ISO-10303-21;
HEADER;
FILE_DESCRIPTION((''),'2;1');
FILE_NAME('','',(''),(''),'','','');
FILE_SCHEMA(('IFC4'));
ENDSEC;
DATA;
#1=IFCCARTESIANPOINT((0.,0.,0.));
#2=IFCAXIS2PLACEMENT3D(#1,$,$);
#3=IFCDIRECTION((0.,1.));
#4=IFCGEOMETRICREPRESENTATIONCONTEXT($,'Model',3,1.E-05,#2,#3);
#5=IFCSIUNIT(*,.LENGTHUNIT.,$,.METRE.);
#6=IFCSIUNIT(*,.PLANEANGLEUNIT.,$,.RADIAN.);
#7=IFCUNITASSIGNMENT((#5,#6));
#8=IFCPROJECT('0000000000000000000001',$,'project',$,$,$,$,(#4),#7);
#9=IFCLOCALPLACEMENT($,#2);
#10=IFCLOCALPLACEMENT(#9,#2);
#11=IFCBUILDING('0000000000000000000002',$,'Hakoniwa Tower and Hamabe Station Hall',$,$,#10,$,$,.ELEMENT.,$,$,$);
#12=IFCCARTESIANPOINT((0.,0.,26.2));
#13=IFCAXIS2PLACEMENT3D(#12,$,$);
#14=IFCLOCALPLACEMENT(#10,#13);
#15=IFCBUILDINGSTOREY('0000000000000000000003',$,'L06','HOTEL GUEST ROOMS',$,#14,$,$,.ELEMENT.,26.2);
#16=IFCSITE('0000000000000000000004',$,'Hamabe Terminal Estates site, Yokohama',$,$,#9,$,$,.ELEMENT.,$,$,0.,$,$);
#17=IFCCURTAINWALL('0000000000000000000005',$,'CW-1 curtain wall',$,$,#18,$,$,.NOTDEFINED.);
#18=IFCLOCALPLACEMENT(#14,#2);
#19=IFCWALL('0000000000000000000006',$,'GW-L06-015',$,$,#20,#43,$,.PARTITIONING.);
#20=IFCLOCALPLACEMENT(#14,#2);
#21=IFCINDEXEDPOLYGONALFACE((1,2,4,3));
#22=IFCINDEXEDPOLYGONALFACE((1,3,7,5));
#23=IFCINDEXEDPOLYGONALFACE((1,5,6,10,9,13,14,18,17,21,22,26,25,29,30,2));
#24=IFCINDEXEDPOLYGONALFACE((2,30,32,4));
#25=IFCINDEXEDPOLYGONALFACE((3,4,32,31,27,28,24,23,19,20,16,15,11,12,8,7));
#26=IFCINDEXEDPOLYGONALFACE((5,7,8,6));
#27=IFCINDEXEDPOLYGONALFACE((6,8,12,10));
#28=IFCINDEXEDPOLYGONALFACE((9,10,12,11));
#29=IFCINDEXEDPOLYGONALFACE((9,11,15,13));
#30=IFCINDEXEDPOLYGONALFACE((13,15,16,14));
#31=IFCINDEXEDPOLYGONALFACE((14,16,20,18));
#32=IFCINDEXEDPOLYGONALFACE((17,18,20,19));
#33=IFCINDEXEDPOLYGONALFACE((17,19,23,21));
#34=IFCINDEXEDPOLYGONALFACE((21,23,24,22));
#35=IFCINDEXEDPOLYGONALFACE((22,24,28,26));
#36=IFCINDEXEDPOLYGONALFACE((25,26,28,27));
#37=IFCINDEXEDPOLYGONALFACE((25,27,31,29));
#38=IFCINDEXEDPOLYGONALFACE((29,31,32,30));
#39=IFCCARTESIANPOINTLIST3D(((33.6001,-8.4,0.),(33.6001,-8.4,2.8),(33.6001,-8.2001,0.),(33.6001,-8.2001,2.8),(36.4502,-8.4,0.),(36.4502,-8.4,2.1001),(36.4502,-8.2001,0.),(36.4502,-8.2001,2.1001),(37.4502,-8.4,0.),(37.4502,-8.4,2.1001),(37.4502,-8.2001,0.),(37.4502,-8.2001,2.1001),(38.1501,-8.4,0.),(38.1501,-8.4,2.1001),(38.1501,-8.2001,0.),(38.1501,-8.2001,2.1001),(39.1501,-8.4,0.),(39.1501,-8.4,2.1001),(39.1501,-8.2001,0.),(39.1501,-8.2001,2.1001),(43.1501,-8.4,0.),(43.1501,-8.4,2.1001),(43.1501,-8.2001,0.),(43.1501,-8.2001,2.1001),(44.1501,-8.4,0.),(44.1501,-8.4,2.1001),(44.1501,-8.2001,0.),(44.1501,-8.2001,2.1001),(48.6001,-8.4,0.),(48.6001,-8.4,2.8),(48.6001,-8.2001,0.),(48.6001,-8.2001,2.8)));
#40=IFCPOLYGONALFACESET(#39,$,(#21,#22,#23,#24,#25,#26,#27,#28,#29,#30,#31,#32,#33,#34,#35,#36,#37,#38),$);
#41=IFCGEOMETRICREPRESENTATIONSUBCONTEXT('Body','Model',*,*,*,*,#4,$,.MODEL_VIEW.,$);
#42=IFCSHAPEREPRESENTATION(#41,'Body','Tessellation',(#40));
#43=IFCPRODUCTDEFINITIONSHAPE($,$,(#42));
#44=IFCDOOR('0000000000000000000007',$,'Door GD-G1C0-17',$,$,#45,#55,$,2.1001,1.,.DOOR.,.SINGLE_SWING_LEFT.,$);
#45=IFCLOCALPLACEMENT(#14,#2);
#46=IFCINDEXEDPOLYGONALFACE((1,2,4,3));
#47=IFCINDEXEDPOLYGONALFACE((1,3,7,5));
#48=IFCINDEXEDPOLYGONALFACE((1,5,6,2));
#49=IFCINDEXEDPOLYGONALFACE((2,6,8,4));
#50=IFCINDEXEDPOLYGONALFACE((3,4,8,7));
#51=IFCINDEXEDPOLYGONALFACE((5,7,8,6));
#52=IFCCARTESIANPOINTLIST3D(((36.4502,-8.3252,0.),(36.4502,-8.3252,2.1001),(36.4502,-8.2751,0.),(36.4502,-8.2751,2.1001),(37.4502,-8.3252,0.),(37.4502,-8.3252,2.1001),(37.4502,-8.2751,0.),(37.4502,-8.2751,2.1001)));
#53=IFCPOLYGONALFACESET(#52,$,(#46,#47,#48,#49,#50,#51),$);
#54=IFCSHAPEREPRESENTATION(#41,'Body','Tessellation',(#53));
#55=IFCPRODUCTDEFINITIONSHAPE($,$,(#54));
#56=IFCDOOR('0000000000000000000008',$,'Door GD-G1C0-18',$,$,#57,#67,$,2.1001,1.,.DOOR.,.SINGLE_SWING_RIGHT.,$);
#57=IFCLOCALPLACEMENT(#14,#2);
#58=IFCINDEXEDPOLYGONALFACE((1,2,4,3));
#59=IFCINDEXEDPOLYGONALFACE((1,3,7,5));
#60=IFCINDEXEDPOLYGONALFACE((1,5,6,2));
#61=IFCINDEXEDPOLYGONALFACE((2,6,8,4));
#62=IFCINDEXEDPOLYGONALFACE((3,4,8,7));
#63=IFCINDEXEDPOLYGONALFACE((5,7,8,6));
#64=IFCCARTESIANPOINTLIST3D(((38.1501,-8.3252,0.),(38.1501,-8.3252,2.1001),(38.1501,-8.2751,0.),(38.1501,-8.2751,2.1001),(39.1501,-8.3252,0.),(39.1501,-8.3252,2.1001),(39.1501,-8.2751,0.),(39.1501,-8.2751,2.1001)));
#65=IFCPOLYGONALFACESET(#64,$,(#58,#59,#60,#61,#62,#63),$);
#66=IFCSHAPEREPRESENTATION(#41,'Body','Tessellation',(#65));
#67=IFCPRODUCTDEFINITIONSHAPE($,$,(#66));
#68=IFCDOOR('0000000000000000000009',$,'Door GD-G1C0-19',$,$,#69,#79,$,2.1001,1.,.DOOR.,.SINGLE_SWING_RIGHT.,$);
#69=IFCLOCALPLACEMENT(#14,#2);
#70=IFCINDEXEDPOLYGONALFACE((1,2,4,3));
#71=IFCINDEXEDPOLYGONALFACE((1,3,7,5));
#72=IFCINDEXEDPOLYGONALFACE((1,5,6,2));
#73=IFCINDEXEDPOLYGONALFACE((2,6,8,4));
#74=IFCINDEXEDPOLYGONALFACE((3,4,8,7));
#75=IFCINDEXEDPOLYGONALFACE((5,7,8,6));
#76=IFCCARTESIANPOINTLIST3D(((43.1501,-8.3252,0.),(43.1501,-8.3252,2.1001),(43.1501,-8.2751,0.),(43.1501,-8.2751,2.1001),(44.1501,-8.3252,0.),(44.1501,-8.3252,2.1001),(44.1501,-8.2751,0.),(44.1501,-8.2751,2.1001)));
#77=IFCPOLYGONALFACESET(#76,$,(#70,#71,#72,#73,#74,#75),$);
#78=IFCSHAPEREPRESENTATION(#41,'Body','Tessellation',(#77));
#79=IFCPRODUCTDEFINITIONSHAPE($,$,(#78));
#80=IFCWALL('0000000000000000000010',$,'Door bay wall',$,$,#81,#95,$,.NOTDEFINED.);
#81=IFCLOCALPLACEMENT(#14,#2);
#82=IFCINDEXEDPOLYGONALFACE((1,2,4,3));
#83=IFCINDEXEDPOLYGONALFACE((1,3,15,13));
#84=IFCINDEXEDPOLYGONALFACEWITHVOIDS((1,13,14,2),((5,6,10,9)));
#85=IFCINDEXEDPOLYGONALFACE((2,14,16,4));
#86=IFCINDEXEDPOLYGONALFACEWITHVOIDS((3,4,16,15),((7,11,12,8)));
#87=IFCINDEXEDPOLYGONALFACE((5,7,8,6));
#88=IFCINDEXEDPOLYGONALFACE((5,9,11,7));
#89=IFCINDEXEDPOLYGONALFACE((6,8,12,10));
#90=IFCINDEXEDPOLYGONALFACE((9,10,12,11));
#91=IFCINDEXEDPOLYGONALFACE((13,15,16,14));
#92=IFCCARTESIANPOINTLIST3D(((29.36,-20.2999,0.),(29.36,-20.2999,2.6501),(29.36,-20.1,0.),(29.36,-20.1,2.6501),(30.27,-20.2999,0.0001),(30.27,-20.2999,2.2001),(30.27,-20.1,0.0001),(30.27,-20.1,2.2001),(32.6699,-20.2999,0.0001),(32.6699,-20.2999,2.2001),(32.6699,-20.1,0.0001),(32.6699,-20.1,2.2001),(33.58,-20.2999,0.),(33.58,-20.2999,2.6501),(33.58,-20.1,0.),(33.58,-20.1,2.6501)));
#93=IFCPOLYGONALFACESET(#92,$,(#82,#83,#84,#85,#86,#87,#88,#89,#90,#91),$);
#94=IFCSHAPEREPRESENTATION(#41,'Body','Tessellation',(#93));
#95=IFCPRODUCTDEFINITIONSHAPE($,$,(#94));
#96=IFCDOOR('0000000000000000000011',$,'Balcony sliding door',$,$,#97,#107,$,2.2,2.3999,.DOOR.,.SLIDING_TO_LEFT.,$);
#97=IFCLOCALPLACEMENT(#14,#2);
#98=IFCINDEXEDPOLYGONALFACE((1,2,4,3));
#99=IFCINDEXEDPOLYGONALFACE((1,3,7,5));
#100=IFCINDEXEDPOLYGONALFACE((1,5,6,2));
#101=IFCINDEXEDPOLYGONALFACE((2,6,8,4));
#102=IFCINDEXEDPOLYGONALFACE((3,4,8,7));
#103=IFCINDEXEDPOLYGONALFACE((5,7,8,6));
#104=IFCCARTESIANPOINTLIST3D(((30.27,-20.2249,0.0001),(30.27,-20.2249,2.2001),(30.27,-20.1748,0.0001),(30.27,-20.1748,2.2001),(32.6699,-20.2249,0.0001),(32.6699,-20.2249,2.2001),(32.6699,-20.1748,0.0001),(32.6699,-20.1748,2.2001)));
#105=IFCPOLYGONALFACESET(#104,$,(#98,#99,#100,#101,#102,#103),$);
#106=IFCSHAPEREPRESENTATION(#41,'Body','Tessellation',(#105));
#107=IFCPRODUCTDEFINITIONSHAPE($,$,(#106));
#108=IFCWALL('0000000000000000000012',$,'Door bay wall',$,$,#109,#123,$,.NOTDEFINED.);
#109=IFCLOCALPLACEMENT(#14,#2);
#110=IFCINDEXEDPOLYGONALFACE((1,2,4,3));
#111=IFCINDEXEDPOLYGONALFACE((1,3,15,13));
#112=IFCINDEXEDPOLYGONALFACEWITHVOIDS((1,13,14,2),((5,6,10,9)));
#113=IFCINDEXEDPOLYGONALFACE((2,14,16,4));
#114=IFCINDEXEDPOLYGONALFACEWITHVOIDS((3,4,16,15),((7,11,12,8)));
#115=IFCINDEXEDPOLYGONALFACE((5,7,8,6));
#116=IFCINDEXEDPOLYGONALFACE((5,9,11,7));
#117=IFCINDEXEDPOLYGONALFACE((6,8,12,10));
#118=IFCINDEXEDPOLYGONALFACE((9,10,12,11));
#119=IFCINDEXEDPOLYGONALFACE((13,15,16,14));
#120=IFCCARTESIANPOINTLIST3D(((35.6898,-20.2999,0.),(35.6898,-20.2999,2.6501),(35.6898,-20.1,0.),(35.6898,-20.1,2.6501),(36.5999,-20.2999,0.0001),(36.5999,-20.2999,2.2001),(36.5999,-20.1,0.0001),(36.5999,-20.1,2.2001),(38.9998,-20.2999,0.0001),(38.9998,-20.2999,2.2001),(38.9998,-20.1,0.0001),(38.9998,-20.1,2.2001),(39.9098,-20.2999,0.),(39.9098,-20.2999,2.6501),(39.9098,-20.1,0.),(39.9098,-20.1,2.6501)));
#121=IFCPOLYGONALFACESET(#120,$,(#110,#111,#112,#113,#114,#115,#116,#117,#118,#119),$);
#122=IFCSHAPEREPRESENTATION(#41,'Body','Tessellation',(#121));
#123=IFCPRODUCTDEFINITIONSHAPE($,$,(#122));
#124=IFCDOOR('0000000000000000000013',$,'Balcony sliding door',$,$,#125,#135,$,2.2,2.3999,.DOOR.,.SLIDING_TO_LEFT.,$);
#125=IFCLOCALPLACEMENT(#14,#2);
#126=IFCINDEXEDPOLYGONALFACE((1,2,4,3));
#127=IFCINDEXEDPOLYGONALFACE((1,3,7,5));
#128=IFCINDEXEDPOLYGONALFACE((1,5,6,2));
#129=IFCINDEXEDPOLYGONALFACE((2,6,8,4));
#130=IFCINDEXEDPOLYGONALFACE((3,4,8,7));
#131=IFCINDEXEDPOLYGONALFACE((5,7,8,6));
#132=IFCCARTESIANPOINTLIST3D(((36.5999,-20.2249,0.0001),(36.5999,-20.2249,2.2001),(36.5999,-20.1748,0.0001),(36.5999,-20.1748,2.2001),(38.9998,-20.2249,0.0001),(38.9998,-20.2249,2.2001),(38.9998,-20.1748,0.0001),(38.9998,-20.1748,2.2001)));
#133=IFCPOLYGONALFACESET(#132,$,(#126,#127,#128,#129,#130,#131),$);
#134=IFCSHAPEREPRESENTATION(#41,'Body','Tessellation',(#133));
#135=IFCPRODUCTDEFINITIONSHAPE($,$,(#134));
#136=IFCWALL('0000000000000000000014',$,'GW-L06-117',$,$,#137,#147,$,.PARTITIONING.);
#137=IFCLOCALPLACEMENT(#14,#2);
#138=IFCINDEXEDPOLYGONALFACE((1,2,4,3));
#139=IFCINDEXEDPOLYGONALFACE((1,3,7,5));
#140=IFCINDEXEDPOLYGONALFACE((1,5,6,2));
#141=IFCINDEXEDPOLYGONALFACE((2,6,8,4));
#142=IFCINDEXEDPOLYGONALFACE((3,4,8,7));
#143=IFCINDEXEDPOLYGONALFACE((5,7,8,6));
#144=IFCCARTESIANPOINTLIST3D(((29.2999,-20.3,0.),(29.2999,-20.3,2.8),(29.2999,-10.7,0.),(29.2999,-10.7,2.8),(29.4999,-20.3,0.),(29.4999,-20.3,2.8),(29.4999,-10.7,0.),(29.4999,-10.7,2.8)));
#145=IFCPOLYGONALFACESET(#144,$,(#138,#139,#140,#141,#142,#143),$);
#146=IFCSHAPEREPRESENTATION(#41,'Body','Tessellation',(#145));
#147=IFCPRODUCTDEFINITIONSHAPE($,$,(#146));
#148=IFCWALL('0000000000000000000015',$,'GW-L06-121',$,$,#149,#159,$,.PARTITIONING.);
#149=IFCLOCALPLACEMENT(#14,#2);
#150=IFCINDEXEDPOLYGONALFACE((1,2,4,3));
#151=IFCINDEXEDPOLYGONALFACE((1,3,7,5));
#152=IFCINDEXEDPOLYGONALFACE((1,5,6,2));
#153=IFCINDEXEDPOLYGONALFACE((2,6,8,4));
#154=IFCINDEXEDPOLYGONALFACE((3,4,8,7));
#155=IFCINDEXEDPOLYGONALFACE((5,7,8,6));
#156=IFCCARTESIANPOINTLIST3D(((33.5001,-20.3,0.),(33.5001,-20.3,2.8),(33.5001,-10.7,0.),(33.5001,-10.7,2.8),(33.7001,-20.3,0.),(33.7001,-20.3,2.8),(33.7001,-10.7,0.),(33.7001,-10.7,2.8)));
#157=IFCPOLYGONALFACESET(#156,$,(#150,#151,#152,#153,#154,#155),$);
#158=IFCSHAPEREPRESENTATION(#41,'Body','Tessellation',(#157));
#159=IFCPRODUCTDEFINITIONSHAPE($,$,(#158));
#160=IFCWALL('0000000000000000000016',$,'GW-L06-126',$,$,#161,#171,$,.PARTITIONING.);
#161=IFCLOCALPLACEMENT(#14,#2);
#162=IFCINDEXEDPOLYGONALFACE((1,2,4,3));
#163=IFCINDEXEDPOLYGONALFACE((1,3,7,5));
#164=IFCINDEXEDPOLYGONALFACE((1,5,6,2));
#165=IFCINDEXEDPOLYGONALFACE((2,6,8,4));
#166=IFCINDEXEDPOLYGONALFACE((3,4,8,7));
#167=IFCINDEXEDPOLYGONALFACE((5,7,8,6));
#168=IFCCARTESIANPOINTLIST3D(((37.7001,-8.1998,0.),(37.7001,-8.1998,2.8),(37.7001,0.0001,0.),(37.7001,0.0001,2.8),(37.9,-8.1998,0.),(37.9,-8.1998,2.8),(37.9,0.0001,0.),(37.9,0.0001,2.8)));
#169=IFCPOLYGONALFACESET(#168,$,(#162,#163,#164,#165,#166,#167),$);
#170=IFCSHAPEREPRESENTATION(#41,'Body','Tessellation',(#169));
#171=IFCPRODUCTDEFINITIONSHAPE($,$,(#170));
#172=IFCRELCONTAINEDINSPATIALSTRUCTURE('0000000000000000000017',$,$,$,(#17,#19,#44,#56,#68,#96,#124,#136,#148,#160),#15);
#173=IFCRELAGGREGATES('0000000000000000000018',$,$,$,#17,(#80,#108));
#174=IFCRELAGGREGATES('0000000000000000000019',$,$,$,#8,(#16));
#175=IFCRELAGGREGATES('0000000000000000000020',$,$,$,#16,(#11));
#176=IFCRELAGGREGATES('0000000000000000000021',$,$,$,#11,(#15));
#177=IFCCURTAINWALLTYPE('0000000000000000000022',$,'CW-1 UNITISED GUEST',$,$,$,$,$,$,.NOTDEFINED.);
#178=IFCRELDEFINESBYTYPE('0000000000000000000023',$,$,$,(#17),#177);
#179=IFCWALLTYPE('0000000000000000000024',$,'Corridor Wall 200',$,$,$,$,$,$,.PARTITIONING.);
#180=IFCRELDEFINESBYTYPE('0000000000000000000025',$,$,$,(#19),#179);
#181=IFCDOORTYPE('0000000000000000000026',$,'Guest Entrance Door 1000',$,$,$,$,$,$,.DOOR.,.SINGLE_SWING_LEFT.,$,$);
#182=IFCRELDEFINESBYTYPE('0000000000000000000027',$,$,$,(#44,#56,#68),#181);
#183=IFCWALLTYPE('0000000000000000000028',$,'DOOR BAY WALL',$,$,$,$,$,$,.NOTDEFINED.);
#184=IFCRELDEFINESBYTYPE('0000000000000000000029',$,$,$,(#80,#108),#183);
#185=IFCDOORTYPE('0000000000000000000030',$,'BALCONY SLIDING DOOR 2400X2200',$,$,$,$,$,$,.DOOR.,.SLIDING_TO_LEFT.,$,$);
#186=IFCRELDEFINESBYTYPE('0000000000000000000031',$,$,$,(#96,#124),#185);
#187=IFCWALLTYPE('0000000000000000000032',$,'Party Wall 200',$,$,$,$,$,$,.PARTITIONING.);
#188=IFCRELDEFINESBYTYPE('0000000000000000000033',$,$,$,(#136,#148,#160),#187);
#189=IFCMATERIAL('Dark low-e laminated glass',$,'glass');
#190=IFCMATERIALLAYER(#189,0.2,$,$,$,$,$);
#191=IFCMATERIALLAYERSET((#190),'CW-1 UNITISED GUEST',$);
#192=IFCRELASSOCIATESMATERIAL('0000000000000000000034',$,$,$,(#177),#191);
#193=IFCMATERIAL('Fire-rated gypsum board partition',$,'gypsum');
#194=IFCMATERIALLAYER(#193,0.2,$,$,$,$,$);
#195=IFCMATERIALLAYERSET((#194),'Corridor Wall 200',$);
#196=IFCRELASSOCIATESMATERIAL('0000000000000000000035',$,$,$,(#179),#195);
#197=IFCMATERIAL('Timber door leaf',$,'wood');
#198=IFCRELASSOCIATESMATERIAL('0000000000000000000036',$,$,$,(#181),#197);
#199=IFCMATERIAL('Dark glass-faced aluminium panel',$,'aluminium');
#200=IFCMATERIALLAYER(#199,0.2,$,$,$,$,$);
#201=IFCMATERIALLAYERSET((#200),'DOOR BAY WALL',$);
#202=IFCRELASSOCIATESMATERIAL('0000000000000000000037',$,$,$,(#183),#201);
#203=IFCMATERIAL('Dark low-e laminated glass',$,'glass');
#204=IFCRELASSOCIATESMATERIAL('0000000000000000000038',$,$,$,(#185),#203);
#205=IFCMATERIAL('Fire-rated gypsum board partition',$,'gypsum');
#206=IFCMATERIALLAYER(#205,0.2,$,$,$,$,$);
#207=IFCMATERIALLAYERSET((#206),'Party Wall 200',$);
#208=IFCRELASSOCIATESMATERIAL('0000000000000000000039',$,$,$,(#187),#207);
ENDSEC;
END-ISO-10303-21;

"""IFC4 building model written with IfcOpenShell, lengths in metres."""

from ifc_helpers import new_model, si_unit, direction, frame, frame_2d, origin, place, context, subcontext, project, spatial, rectangle, extrude, material, layer, layer_set, type_object, element, fill, aggregate, save


model = new_model("IFC4")

# Units and contexts
model_context = context("Model", 3, precision=1e-05, world=origin(), true_north=direction((0.0, 1.0)))
body_context = subcontext(model_context, "Body", "Model", "MODEL_VIEW")
ifc_project = project(units=[si_unit("LENGTHUNIT", "METRE"), si_unit("PLANEANGLEUNIT", "RADIAN")], contexts=[model_context])

# Site, building, storey
site_placement = place(None, origin())
site = spatial("IfcSite", under=ifc_project, at=site_placement, Name="Hamabe Terminal Estates site, Yokohama", CompositionType="ELEMENT", RefElevation=0.0)
building_placement = place(site_placement, origin())
building = spatial("IfcBuilding", under=site, at=building_placement, Name="Hakoniwa Tower and Hamabe Station Hall", CompositionType="ELEMENT")
storey_placement = place(building_placement, frame((0.0, 0.0, 26.2)))
storey = spatial("IfcBuildingStorey", under=building, at=storey_placement, Name="L06", Description="HOTEL GUEST ROOMS", CompositionType="ELEMENT", Elevation=26.2)

# Curtain wall
ifc_material_1 = material(Name="Dark low-e laminated glass", Category="glass")
ifc_layer_1 = layer(ifc_material_1, 0.2)
ifc_layer_set_1 = layer_set([ifc_layer_1], Name="CW-1 UNITISED GUEST")
curtain_wall_type = type_object("IfcCurtainWallType", Name="CW-1 UNITISED GUEST", PredefinedType="NOTDEFINED", material=ifc_layer_set_1)
curtain_wall_placement = place(storey_placement, origin())
curtain_wall = element("IfcCurtainWall", 1, at=curtain_wall_placement, inside=storey, type_object=curtain_wall_type, Name="CW-1 curtain wall", PredefinedType="NOTDEFINED")

# Wall, openings, doors
ifc_material_2 = material(Name="Fire-rated gypsum board partition", Category="gypsum")
ifc_layer_2 = layer(ifc_material_2, 0.2)
ifc_layer_set_2 = layer_set([ifc_layer_2], Name="Corridor Wall 200")
wall_type_1 = type_object("IfcWallType", Name="Corridor Wall 200", PredefinedType="PARTITIONING", material=ifc_layer_set_2)
wall_1_placement = place(storey_placement, frame((33.6001, -8.3, 0.0), z_axis=(0.0, 0.0, 1.0), x_axis=(1.0, 0.0, 0.0)))
wall_1 = element("IfcWall", 2, at=wall_1_placement, inside=storey, type_object=wall_type_1, Name="GW-L06-015", PredefinedType="PARTITIONING", context=body_context, shape_type="SweptSolid", body=[
    extrude(rectangle(XDim=15.0, YDim=0.2, at=frame_2d((7.5, 0.0))), origin(), (0.0, 0.0, 1.0), 2.8),
])
opening_1_placement = place(wall_1_placement, frame((2.8501, 0.0, 0.0)))
opening_1 = element("IfcOpeningElement", 3, at=opening_1_placement, cuts=wall_1, PredefinedType="OPENING", context=body_context, shape_type="SweptSolid", body=[
    extrude(rectangle(XDim=1.0, YDim=2.1001, at=frame_2d((0.5, 1.05))), frame((0.0, 0.1099, 0.0), z_axis=(0.0, -1.0, 0.0), x_axis=(1.0, 0.0, 0.0)), (0.0, 0.0, 1.0), 0.22),
])
opening_2_placement = place(wall_1_placement, frame((4.55, 0.0, 0.0)))
opening_2 = element("IfcOpeningElement", 4, at=opening_2_placement, cuts=wall_1, PredefinedType="OPENING", context=body_context, shape_type="SweptSolid", body=[
    extrude(rectangle(XDim=1.0, YDim=2.1001, at=frame_2d((0.5, 1.05))), frame((0.0, 0.1099, 0.0), z_axis=(0.0, -1.0, 0.0), x_axis=(1.0, 0.0, 0.0)), (0.0, 0.0, 1.0), 0.22),
])
opening_3_placement = place(wall_1_placement, frame((9.55, 0.0, 0.0)))
opening_3 = element("IfcOpeningElement", 5, at=opening_3_placement, cuts=wall_1, PredefinedType="OPENING", context=body_context, shape_type="SweptSolid", body=[
    extrude(rectangle(XDim=1.0, YDim=2.1001, at=frame_2d((0.5, 1.05))), frame((0.0, 0.1099, 0.0), z_axis=(0.0, -1.0, 0.0), x_axis=(1.0, 0.0, 0.0)), (0.0, 0.0, 1.0), 0.22),
])
ifc_material_3 = material(Name="Timber door leaf", Category="wood")
door_type_1 = type_object("IfcDoorType", Name="Guest Entrance Door 1000", OperationType="SINGLE_SWING_LEFT", PredefinedType="DOOR", material=ifc_material_3)
door_1_placement = place(opening_1_placement, origin())
door_1 = element("IfcDoor", 6, at=door_1_placement, inside=storey, type_object=door_type_1, Name="Door GD-G1C0-17", OperationType="SINGLE_SWING_LEFT", OverallHeight=2.1001, OverallWidth=1.0, PredefinedType="DOOR", context=body_context, shape_type="SweptSolid", body=[
    extrude(rectangle(XDim=1.0, YDim=2.1001, at=frame_2d((0.5, 1.05))), frame((0.0, 0.0249, 0.0), z_axis=(0.0, -1.0, 0.0), x_axis=(1.0, 0.0, 0.0)), (0.0, 0.0, 1.0), 0.05),
])
fill(opening_1, door_1)
door_2_placement = place(opening_2_placement, origin())
door_2 = element("IfcDoor", 7, at=door_2_placement, inside=storey, type_object=door_type_1, Name="Door GD-G1C0-18", OperationType="SINGLE_SWING_RIGHT", OverallHeight=2.1001, OverallWidth=1.0, PredefinedType="DOOR", context=body_context, shape_type="SweptSolid", body=[
    extrude(rectangle(XDim=1.0, YDim=2.1001, at=frame_2d((0.5, 1.05))), frame((0.0, 0.0249, 0.0), z_axis=(0.0, -1.0, 0.0), x_axis=(1.0, 0.0, 0.0)), (0.0, 0.0, 1.0), 0.05),
])
fill(opening_2, door_2)
door_3_placement = place(opening_3_placement, origin())
door_3 = element("IfcDoor", 8, at=door_3_placement, inside=storey, type_object=door_type_1, Name="Door GD-G1C0-19", OperationType="SINGLE_SWING_RIGHT", OverallHeight=2.1001, OverallWidth=1.0, PredefinedType="DOOR", context=body_context, shape_type="SweptSolid", body=[
    extrude(rectangle(XDim=1.0, YDim=2.1001, at=frame_2d((0.5, 1.05))), frame((0.0, 0.0249, 0.0), z_axis=(0.0, -1.0, 0.0), x_axis=(1.0, 0.0, 0.0)), (0.0, 0.0, 1.0), 0.05),
])
fill(opening_3, door_3)

# Walls, openings, doors
ifc_material_4 = material(Name="Dark glass-faced aluminium panel", Category="aluminium")
ifc_layer_3 = layer(ifc_material_4, 0.2)
ifc_layer_set_3 = layer_set([ifc_layer_3], Name="DOOR BAY WALL")
wall_type_2 = type_object("IfcWallType", Name="DOOR BAY WALL", PredefinedType="NOTDEFINED", material=ifc_layer_set_3)
wall_2_placement = place(storey_placement, frame((29.3601, -20.2, 0.0), z_axis=(0.0, 0.0, 1.0), x_axis=(1.0, 0.0, 0.0)))
wall_2 = element("IfcWall", 9, at=wall_2_placement, type_object=wall_type_2, Name="Door bay wall", PredefinedType="NOTDEFINED", context=body_context, shape_type="SweptSolid", body=[
    extrude(rectangle(XDim=4.22, YDim=0.2, at=frame_2d((2.1099, 0.0))), origin(), (0.0, 0.0, 1.0), 2.6501),
])
opening_4_placement = place(wall_2_placement, frame((0.9099, 0.0, 0.0)))
opening_4 = element("IfcOpeningElement", 10, at=opening_4_placement, cuts=wall_2, PredefinedType="OPENING", context=body_context, shape_type="SweptSolid", body=[
    extrude(rectangle(XDim=2.3999, YDim=2.2, at=frame_2d((1.2, 1.1001))), frame((0.0, 0.1099, 0.0), z_axis=(0.0, -1.0, 0.0), x_axis=(1.0, 0.0, 0.0)), (0.0, 0.0, 1.0), 0.22),
])
ifc_material_5 = material(Name="Dark low-e laminated glass", Category="glass")
door_type_2 = type_object("IfcDoorType", Name="BALCONY SLIDING DOOR 2400X2200", OperationType="SLIDING_TO_LEFT", PredefinedType="DOOR", material=ifc_material_5)
door_4_placement = place(opening_4_placement, frame((2.3999, 0.0, 0.0), z_axis=(0.0, 0.0, 1.0), x_axis=(-1.0, 0.0, 0.0)))
door_4 = element("IfcDoor", 11, at=door_4_placement, inside=storey, type_object=door_type_2, Name="Balcony sliding door", OperationType="SLIDING_TO_LEFT", OverallHeight=2.2, OverallWidth=2.3999, PredefinedType="DOOR", context=body_context, shape_type="SweptSolid", body=[
    extrude(rectangle(XDim=2.3999, YDim=2.2, at=frame_2d((1.2, 1.1001))), frame((0.0, 0.0249, 0.0), z_axis=(0.0, -1.0, 0.0), x_axis=(1.0, 0.0, 0.0)), (0.0, 0.0, 1.0), 0.05),
])
fill(opening_4, door_4)
wall_3_placement = place(storey_placement, frame((35.6899, -20.2, 0.0), z_axis=(0.0, 0.0, 1.0), x_axis=(1.0, 0.0, 0.0)))
wall_3 = element("IfcWall", 12, at=wall_3_placement, type_object=wall_type_2, Name="Door bay wall", PredefinedType="NOTDEFINED", context=body_context, shape_type="SweptSolid", body=[
    extrude(rectangle(XDim=4.22, YDim=0.2, at=frame_2d((2.1099, 0.0))), origin(), (0.0, 0.0, 1.0), 2.6501),
])
opening_5_placement = place(wall_3_placement, frame((0.9099, 0.0, 0.0)))
opening_5 = element("IfcOpeningElement", 13, at=opening_5_placement, cuts=wall_3, PredefinedType="OPENING", context=body_context, shape_type="SweptSolid", body=[
    extrude(rectangle(XDim=2.3999, YDim=2.2, at=frame_2d((1.2, 1.1001))), frame((0.0, 0.1099, 0.0), z_axis=(0.0, -1.0, 0.0), x_axis=(1.0, 0.0, 0.0)), (0.0, 0.0, 1.0), 0.22),
])
door_5_placement = place(opening_5_placement, frame((2.3999, 0.0, 0.0), z_axis=(0.0, 0.0, 1.0), x_axis=(-1.0, 0.0, 0.0)))
door_5 = element("IfcDoor", 14, at=door_5_placement, inside=storey, type_object=door_type_2, Name="Balcony sliding door", OperationType="SLIDING_TO_LEFT", OverallHeight=2.2, OverallWidth=2.3999, PredefinedType="DOOR", context=body_context, shape_type="SweptSolid", body=[
    extrude(rectangle(XDim=2.3999, YDim=2.2, at=frame_2d((1.2, 1.1001))), frame((0.0, 0.0249, 0.0), z_axis=(0.0, -1.0, 0.0), x_axis=(1.0, 0.0, 0.0)), (0.0, 0.0, 1.0), 0.05),
])
fill(opening_5, door_5)
aggregate(curtain_wall, [wall_2, wall_3])

# Walls
ifc_material_6 = material(Name="Fire-rated gypsum board partition", Category="gypsum")
ifc_layer_4 = layer(ifc_material_6, 0.2)
ifc_layer_set_4 = layer_set([ifc_layer_4], Name="Party Wall 200")
wall_type_3 = type_object("IfcWallType", Name="Party Wall 200", PredefinedType="PARTITIONING", material=ifc_layer_set_4)
for number, where, z_axis, x_axis, name in (
    (15, (29.3999, -20.3, 0.0), (0.0, 0.0, 1.0), (0.0, 1.0, 0.0), "GW-L06-117"),
    (16, (33.6001, -20.3, 0.0), (0.0, 0.0, 1.0), (0.0, 1.0, 0.0), "GW-L06-121"),
):
    element("IfcWall", number, at=place(storey_placement, frame(where, z_axis=z_axis, x_axis=x_axis)), inside=storey, type_object=wall_type_3, Name=name, PredefinedType="PARTITIONING", context=body_context, shape_type="SweptSolid", body=[
        extrude(rectangle(XDim=9.6001, YDim=0.2, at=frame_2d((4.8, 0.0))), origin(), (0.0, 0.0, 1.0), 2.8),
    ])
wall_4_placement = place(storey_placement, frame((37.8, -8.2, 0.0), z_axis=(0.0, 0.0, 1.0), x_axis=(0.0, 1.0, 0.0)))
element("IfcWall", 17, at=wall_4_placement, inside=storey, type_object=wall_type_3, Name="GW-L06-126", PredefinedType="PARTITIONING", context=body_context, shape_type="SweptSolid", body=[
    extrude(rectangle(XDim=8.2, YDim=0.2, at=frame_2d((4.1001, 0.0))), origin(), (0.0, 0.0, 1.0), 2.8),
])

save(model, "model.ifc")
